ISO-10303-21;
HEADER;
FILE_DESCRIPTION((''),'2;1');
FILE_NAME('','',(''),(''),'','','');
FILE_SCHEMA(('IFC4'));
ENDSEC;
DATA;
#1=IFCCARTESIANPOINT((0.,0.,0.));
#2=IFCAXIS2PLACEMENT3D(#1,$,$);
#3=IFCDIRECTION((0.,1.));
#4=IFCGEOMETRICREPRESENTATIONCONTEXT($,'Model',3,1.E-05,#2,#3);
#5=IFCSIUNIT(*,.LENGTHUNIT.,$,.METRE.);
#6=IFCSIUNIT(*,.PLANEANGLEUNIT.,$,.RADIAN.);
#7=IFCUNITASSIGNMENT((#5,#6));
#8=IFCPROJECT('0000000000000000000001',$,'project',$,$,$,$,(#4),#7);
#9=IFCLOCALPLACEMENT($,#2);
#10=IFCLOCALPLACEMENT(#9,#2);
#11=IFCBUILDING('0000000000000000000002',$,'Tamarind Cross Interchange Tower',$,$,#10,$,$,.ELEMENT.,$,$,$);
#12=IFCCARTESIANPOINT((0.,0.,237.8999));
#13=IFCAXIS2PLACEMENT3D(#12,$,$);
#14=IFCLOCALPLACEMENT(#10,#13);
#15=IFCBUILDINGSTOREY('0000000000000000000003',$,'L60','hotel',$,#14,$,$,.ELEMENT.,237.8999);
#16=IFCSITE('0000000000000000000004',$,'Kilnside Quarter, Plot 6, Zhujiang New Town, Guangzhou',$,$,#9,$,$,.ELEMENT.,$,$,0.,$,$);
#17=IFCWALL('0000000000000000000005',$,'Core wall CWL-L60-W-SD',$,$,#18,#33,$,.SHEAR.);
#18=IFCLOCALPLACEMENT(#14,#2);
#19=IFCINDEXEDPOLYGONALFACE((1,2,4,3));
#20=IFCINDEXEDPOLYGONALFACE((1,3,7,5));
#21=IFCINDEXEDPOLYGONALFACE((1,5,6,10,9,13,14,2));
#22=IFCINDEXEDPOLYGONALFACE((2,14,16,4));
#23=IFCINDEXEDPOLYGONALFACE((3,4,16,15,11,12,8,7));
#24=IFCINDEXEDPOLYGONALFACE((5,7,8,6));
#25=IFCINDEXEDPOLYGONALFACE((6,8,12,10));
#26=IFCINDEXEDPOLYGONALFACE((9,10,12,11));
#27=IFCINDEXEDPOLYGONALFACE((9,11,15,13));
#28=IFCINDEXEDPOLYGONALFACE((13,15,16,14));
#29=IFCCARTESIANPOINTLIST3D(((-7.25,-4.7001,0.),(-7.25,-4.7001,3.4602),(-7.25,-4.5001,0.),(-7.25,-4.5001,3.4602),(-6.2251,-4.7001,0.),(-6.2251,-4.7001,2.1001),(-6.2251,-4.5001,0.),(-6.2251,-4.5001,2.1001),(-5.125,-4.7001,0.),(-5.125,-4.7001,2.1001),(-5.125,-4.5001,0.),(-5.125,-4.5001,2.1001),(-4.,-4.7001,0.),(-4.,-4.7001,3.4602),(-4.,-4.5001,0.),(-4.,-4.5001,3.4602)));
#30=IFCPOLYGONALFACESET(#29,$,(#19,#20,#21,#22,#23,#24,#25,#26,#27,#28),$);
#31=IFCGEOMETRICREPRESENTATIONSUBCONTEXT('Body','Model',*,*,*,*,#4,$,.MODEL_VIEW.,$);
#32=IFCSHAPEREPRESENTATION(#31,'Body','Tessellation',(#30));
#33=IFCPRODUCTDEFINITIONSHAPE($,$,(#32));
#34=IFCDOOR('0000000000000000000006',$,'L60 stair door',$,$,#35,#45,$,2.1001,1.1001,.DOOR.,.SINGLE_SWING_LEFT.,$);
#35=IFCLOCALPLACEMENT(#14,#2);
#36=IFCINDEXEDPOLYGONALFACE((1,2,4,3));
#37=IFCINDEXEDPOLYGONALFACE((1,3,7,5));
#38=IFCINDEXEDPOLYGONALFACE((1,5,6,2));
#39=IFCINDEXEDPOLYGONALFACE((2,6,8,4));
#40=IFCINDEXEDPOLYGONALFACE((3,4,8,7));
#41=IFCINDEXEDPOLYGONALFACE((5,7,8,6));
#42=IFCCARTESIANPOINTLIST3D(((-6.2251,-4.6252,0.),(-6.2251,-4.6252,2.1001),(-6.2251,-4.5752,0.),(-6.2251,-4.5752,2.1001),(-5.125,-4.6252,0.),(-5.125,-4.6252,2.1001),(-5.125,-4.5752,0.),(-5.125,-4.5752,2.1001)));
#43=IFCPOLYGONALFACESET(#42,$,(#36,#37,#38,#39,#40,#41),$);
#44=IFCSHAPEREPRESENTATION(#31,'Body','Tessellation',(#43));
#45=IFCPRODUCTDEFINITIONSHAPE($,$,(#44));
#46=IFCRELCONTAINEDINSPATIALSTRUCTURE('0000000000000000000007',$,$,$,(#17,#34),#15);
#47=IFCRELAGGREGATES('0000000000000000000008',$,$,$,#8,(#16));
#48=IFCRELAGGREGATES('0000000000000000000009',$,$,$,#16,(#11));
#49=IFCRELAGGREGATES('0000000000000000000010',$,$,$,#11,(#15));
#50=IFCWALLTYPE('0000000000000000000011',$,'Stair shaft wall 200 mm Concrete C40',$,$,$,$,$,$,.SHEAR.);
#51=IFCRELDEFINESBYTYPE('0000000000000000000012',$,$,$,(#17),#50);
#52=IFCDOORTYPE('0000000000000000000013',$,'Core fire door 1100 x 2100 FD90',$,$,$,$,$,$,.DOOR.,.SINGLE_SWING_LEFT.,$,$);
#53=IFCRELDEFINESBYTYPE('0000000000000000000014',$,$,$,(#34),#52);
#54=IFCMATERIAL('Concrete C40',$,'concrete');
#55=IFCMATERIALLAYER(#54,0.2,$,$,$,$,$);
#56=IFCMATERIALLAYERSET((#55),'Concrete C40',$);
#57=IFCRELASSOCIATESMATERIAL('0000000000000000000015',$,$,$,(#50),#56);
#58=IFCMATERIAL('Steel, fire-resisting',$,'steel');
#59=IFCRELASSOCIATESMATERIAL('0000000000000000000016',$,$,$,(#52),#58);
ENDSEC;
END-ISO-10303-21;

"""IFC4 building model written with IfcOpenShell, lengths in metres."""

from ifc_helpers import new_model, si_unit, direction, frame, frame_2d, origin, place, context, subcontext, project, spatial, rectangle, extrude, material, layer, layer_set, type_object, element, fill, save


model = new_model("IFC4")

# Units and contexts
model_context = context("Model", 3, precision=1e-05, world=origin(), true_north=direction((0.0, 1.0)))
body_context = subcontext(model_context, "Body", "Model", "MODEL_VIEW")
ifc_project = project(units=[si_unit("LENGTHUNIT", "METRE"), si_unit("PLANEANGLEUNIT", "RADIAN")], contexts=[model_context])

# Site, building, storey
site_placement = place(None, origin())
site = spatial("IfcSite", under=ifc_project, at=site_placement, Name="Kilnside Quarter, Plot 6, Zhujiang New Town, Guangzhou", CompositionType="ELEMENT", RefElevation=0.0)
building_placement = place(site_placement, origin())
building = spatial("IfcBuilding", under=site, at=building_placement, Name="Tamarind Cross Interchange Tower", CompositionType="ELEMENT")
storey_placement = place(building_placement, frame((0.0, 0.0, 237.8999)))
storey = spatial("IfcBuildingStorey", under=building, at=storey_placement, Name="L60", Description="hotel", CompositionType="ELEMENT", Elevation=237.8999)

# Shared definitions
ifc_material_1 = material(Name="Steel, fire-resisting", Category="steel")

# Shared definitions
ifc_material_2 = material(Name="Concrete C40", Category="concrete")

# Wall, opening, door
ifc_layer_1 = layer(ifc_material_2, 0.2)
ifc_layer_set_1 = layer_set([ifc_layer_1], Name="Concrete C40")
wall_type_1 = type_object("IfcWallType", Name="Stair shaft wall 200 mm Concrete C40", PredefinedType="SHEAR", material=ifc_layer_set_1)
wall_1_placement = place(storey_placement, frame((-7.25, -4.6001, 0.0), z_axis=(0.0, 0.0, 1.0), x_axis=(1.0, 0.0, 0.0)))
wall_1 = element("IfcWall", 1, at=wall_1_placement, inside=storey, type_object=wall_type_1, Name="Core wall CWL-L60-W-SD", PredefinedType="SHEAR", context=body_context, shape_type="SweptSolid", body=[
    extrude(rectangle(XDim=3.25, YDim=0.2, at=frame_2d((1.625, 0.0))), origin(), (0.0, 0.0, 1.0), 3.4602),
])
opening_1_placement = place(wall_1_placement, frame((1.0249, 0.0, 0.0)))
opening_1 = element("IfcOpeningElement", 2, at=opening_1_placement, cuts=wall_1, PredefinedType="OPENING", context=body_context, shape_type="SweptSolid", body=[
    extrude(rectangle(XDim=1.1001, YDim=2.1001, at=frame_2d((0.55, 1.05))), frame((0.0, 0.1099, 0.0), z_axis=(0.0, -1.0, 0.0), x_axis=(1.0, 0.0, 0.0)), (0.0, 0.0, 1.0), 0.22),
])
door_type_1 = type_object("IfcDoorType", Name="Core fire door 1100 x 2100 FD90", OperationType="SINGLE_SWING_LEFT", PredefinedType="DOOR", material=ifc_material_1)
door_1_placement = place(opening_1_placement, origin())
door_1 = element("IfcDoor", 3, at=door_1_placement, inside=storey, type_object=door_type_1, Name="L60 stair door", OperationType="SINGLE_SWING_LEFT", OverallHeight=2.1001, OverallWidth=1.1001, PredefinedType="DOOR", context=body_context, shape_type="SweptSolid", body=[
    extrude(rectangle(XDim=1.1001, YDim=2.1001, at=frame_2d((0.55, 1.05))), frame((0.0, 0.0249, 0.0), z_axis=(0.0, -1.0, 0.0), x_axis=(1.0, 0.0, 0.0)), (0.0, 0.0, 1.0), 0.05),
])
fill(opening_1, door_1)

save(model, "model.ifc")
